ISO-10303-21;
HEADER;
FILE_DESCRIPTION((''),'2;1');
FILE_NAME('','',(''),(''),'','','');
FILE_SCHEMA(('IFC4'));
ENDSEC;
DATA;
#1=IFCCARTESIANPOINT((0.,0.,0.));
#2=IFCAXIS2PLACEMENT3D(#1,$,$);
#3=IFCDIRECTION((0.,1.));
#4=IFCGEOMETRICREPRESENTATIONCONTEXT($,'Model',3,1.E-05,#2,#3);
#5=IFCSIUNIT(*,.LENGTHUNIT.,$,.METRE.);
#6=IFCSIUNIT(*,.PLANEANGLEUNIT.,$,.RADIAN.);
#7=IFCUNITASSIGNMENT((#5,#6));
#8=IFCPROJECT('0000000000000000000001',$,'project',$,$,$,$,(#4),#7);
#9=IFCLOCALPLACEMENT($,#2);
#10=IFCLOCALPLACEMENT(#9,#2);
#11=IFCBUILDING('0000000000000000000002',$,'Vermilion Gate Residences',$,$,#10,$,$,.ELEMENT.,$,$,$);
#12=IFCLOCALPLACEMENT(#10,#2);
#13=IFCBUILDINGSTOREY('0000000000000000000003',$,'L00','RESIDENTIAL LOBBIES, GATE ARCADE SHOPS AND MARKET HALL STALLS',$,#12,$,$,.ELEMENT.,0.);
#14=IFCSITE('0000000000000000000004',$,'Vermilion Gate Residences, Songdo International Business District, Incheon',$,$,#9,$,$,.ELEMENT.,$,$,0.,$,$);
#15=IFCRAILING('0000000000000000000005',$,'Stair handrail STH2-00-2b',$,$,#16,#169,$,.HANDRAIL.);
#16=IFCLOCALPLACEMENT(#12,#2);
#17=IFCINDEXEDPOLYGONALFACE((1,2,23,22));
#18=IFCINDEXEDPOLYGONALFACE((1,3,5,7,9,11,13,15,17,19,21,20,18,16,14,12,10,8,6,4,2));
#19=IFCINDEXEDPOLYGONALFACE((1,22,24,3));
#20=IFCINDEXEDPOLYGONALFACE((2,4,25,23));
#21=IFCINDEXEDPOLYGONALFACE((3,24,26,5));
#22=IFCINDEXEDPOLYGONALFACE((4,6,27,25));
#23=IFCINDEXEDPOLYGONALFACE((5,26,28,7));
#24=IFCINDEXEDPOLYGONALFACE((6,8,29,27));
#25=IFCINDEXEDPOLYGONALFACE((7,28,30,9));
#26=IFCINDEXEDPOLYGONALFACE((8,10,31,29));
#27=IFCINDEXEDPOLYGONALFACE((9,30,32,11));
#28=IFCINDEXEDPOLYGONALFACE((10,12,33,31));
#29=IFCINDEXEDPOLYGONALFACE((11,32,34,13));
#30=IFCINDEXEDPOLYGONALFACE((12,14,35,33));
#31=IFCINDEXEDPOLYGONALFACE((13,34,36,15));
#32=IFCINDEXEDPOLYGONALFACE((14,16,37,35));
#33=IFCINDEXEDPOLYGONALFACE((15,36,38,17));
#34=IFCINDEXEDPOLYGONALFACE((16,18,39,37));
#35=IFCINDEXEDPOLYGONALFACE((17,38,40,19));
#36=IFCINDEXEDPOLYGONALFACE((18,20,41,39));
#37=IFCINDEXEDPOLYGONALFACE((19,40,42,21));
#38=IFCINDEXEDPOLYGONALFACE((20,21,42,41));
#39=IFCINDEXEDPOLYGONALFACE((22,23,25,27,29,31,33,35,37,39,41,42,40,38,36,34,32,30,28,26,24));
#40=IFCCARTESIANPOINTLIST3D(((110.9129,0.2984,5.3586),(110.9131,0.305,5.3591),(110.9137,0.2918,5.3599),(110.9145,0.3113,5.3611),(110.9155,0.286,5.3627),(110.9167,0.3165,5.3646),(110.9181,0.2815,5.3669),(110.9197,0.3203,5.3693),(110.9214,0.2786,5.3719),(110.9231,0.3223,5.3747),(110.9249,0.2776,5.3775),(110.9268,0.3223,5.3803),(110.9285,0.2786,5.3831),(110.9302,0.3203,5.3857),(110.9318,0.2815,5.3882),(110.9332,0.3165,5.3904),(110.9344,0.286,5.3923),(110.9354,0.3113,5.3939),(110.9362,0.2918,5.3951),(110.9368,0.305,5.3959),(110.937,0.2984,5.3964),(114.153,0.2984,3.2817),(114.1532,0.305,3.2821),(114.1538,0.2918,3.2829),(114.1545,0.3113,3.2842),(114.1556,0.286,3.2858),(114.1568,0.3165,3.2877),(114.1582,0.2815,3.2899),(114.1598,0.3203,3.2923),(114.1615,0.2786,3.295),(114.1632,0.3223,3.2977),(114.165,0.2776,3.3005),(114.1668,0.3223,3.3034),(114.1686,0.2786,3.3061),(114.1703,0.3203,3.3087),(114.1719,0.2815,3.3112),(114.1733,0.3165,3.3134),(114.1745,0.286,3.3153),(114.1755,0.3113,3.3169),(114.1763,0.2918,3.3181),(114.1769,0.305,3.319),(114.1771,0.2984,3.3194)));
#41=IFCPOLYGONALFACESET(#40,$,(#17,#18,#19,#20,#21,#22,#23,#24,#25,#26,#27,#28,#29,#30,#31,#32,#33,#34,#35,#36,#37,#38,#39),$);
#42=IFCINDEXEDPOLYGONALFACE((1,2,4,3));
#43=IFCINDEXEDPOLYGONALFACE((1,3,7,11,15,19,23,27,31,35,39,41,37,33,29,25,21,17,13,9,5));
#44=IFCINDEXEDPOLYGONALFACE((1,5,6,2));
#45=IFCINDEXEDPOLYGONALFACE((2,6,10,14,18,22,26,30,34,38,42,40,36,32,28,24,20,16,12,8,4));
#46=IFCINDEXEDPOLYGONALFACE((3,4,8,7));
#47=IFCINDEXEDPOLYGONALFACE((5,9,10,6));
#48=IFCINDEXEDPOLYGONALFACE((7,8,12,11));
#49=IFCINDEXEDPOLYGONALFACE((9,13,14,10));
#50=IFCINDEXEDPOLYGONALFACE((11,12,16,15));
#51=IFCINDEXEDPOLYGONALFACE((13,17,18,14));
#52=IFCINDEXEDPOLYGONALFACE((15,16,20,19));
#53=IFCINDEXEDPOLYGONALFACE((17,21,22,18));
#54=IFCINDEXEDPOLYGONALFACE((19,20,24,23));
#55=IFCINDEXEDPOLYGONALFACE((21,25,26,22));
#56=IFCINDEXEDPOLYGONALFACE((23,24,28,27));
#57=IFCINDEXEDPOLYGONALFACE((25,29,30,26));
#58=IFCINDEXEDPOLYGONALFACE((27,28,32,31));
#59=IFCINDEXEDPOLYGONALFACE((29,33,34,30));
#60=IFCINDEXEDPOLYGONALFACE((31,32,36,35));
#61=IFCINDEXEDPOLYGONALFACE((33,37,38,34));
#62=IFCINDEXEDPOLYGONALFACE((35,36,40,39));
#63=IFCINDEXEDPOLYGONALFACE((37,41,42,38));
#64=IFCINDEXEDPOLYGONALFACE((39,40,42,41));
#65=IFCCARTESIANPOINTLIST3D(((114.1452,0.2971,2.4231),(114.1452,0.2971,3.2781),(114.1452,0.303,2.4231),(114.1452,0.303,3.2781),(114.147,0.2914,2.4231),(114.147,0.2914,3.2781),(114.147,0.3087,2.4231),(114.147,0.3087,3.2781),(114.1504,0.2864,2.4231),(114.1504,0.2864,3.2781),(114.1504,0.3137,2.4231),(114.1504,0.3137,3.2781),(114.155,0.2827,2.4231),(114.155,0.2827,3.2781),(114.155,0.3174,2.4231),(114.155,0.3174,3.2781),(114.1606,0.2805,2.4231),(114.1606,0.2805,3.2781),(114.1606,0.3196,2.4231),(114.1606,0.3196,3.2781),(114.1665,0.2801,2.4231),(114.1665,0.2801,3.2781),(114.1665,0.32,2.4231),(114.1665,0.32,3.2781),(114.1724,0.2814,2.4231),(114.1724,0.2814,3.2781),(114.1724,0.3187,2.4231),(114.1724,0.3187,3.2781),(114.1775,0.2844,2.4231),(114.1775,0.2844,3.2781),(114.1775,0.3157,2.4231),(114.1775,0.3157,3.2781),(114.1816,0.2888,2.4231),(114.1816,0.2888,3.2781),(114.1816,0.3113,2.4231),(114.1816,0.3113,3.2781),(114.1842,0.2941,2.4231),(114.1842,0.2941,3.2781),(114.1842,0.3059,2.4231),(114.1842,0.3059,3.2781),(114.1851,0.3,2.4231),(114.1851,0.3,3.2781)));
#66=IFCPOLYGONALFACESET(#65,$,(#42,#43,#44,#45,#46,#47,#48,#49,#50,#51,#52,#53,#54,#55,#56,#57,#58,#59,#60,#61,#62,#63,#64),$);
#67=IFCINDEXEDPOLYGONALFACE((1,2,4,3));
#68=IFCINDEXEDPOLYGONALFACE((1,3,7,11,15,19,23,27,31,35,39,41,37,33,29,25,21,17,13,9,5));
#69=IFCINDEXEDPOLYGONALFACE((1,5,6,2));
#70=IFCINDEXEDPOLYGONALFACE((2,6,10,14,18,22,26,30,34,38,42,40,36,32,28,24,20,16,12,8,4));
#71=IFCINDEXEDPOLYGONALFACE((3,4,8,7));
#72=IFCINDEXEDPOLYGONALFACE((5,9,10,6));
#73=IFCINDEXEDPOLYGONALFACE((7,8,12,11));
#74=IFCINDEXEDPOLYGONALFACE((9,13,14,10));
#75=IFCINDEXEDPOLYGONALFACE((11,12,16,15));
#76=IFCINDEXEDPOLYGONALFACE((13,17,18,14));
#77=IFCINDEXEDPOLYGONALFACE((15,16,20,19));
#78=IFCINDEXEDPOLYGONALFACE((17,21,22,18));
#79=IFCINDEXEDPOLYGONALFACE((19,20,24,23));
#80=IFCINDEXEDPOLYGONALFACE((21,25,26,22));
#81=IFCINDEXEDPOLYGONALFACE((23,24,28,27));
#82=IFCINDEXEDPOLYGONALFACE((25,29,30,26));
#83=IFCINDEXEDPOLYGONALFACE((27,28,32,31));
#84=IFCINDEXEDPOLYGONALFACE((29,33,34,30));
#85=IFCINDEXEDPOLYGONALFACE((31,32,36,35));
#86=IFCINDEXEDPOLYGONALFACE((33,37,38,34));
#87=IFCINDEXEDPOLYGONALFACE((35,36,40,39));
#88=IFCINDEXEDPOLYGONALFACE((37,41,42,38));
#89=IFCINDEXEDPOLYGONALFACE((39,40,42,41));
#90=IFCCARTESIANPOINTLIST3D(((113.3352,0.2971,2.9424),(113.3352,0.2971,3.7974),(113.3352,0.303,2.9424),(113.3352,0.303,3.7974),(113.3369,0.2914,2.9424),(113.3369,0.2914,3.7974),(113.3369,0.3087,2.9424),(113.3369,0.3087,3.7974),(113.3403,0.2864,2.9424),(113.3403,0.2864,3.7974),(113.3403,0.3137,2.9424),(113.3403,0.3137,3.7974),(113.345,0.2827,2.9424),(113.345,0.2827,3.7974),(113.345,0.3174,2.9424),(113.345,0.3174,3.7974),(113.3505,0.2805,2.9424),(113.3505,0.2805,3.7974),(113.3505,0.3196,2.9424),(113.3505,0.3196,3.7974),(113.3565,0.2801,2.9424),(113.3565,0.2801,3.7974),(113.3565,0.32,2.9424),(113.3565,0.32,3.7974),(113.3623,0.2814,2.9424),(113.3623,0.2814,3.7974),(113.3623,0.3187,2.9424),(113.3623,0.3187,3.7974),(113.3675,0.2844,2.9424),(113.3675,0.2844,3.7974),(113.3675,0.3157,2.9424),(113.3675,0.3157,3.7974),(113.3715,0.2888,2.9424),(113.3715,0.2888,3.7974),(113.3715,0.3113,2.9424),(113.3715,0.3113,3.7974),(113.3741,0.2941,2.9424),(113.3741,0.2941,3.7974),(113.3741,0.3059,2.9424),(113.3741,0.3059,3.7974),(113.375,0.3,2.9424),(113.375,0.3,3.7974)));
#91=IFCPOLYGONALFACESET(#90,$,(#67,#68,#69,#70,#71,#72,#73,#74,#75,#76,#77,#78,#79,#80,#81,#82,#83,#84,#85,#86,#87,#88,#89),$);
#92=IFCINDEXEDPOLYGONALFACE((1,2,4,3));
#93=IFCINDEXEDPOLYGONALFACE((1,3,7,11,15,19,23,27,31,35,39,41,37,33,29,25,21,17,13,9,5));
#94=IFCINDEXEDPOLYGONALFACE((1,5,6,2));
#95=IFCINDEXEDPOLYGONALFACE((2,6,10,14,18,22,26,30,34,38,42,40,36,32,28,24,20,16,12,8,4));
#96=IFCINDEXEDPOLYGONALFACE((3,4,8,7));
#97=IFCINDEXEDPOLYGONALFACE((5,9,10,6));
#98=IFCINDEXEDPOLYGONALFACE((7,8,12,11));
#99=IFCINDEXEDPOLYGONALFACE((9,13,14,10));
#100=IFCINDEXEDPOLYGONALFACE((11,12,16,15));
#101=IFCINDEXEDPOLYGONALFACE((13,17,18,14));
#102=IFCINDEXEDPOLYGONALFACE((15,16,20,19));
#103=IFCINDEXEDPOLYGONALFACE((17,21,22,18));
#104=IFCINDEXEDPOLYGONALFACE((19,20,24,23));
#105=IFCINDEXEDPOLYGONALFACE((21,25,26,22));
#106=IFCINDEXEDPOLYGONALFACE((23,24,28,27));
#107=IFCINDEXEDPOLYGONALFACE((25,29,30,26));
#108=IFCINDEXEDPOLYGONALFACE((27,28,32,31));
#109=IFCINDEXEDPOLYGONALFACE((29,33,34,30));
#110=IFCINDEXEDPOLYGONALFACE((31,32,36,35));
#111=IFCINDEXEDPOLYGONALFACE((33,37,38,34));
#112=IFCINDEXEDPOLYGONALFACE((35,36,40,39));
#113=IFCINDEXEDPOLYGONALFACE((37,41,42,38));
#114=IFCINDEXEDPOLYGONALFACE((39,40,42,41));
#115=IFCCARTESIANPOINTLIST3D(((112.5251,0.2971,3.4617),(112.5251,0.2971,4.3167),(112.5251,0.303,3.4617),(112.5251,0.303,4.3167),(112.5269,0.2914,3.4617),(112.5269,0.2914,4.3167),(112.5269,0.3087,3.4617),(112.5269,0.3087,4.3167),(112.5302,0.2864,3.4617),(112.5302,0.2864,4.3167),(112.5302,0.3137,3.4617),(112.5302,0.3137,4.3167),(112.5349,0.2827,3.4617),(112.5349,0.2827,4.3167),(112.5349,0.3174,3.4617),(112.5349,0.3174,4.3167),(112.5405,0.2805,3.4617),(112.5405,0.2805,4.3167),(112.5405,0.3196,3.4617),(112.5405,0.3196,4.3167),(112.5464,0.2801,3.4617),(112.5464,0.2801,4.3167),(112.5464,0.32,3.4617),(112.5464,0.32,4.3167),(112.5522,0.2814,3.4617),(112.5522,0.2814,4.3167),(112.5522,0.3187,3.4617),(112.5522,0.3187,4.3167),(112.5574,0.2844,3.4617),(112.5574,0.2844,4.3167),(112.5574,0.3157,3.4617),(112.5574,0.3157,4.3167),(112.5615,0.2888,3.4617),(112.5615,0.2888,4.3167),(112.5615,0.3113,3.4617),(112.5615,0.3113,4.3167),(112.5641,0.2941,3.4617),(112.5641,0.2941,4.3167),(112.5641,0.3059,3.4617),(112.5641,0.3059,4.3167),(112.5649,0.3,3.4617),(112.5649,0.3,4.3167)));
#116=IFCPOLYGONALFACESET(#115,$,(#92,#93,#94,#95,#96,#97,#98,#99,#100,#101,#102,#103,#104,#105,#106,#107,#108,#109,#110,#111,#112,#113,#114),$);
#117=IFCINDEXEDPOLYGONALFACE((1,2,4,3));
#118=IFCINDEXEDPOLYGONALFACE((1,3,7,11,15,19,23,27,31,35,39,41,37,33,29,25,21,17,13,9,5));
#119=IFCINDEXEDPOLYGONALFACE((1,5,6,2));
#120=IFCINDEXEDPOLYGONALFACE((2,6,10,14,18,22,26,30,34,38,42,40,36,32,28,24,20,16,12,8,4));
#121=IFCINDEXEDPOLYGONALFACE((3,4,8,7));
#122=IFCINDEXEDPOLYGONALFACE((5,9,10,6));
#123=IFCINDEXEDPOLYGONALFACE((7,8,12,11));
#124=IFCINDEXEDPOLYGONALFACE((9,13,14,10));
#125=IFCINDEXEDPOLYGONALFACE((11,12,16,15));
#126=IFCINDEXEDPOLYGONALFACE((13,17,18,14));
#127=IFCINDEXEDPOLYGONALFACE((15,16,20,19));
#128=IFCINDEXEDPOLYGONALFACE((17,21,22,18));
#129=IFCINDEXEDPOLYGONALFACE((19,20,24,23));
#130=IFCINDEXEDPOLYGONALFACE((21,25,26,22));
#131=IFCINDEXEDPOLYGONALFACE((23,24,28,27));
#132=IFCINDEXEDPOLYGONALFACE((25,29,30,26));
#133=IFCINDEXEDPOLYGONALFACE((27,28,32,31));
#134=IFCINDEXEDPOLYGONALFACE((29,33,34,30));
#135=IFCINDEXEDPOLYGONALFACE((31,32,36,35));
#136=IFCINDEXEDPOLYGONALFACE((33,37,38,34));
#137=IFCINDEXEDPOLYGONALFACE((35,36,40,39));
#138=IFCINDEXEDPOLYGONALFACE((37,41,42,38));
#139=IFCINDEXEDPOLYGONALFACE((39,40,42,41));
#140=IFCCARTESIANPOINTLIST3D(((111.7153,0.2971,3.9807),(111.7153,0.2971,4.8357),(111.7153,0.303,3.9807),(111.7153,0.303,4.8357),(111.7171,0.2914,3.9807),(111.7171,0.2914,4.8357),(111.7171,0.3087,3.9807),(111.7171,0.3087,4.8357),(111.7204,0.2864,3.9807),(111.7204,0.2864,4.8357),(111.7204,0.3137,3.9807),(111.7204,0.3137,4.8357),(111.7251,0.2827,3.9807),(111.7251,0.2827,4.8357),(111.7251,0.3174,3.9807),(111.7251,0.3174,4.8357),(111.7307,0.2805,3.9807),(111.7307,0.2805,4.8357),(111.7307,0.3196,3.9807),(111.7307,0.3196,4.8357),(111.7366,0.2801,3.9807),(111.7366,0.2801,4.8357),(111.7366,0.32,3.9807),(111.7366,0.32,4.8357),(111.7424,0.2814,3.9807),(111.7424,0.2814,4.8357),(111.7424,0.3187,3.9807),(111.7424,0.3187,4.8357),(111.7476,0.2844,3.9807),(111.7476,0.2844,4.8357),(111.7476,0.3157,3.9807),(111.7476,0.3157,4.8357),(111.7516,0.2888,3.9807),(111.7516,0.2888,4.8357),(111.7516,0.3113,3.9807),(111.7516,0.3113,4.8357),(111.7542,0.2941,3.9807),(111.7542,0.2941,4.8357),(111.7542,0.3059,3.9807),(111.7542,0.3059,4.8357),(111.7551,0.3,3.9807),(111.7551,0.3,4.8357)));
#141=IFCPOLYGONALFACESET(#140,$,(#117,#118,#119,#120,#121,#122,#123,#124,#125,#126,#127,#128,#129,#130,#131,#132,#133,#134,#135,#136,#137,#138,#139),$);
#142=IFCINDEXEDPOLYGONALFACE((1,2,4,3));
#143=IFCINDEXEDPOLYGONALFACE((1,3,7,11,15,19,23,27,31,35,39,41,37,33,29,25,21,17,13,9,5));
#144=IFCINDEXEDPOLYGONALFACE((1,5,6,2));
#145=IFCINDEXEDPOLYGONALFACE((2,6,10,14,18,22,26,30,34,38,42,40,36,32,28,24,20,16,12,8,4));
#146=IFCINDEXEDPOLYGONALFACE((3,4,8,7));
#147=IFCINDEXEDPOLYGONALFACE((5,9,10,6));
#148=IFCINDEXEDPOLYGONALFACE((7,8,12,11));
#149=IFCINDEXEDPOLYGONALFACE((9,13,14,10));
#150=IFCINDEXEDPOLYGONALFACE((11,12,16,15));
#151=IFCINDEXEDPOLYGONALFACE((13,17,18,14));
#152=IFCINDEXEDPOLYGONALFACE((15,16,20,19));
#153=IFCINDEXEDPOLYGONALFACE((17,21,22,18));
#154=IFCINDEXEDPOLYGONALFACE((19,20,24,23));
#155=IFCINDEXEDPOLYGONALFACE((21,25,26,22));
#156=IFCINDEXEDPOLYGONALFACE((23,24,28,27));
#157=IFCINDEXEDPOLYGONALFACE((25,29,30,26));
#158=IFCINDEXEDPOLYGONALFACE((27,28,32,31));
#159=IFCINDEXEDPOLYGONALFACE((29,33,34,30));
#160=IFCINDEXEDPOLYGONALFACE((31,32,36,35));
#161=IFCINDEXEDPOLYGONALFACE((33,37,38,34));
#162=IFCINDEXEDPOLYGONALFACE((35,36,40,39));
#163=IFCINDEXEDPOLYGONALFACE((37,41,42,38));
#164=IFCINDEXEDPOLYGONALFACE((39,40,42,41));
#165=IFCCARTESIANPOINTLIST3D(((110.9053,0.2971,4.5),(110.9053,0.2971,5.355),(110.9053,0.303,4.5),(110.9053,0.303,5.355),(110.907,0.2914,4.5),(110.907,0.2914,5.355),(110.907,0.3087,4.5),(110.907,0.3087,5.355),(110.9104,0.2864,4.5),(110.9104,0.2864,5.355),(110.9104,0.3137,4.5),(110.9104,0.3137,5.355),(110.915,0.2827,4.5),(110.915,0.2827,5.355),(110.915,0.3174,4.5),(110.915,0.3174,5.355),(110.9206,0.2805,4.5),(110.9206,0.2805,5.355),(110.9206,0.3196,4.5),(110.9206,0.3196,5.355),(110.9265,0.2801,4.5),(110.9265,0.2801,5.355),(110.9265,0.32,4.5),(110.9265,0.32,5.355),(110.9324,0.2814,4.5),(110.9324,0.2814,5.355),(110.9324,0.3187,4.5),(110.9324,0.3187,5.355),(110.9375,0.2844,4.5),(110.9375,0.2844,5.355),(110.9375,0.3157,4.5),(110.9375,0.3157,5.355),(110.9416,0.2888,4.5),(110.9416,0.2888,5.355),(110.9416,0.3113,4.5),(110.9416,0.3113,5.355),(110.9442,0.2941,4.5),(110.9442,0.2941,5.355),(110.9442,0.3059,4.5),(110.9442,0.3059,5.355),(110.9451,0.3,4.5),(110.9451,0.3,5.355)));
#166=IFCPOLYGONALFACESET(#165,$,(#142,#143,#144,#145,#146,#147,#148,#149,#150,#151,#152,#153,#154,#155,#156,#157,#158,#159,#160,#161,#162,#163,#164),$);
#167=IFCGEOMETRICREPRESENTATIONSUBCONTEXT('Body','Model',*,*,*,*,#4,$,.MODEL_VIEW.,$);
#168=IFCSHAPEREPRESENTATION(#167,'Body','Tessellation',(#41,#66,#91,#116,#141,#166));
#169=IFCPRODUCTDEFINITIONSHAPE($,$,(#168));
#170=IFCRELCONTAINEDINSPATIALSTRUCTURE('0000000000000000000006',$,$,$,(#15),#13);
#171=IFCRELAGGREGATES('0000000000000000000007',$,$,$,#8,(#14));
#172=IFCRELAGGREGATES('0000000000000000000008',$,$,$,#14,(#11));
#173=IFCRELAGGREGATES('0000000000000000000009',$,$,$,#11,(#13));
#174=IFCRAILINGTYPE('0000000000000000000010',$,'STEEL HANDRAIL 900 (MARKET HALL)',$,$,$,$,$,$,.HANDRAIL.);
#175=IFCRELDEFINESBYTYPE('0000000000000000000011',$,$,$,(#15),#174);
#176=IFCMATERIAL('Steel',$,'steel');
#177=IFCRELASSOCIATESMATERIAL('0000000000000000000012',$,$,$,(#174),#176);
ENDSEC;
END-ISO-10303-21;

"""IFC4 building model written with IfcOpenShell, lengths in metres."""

from ifc_helpers import new_model, si_unit, direction, frame, origin, origin_2d, place, context, subcontext, project, spatial, circle, extrude, material, type_object, element, save


model = new_model("IFC4")

# Units and contexts
model_context = context("Model", 3, precision=1e-05, world=origin(), true_north=direction((0.0, 1.0)))
body_context = subcontext(model_context, "Body", "Model", "MODEL_VIEW")
ifc_project = project(units=[si_unit("LENGTHUNIT", "METRE"), si_unit("PLANEANGLEUNIT", "RADIAN")], contexts=[model_context])

# Site, building, storey
site_placement = place(None, origin())
site = spatial("IfcSite", under=ifc_project, at=site_placement, Name="Vermilion Gate Residences, Songdo International Business District, Incheon", CompositionType="ELEMENT", RefElevation=0.0)
building_placement = place(site_placement, origin())
building = spatial("IfcBuilding", under=site, at=building_placement, Name="Vermilion Gate Residences", CompositionType="ELEMENT")
storey_placement = place(building_placement, origin())
storey = spatial("IfcBuildingStorey", under=building, at=storey_placement, Name="L00", Description="RESIDENTIAL LOBBIES, GATE ARCADE SHOPS AND MARKET HALL STALLS", CompositionType="ELEMENT", Elevation=0.0)

# Railing
ifc_material_1 = material(Name="Steel", Category="steel")
railing_type = type_object("IfcRailingType", Name="STEEL HANDRAIL 900 (MARKET HALL)", PredefinedType="HANDRAIL", material=ifc_material_1)
for number, where, name in (
    (1, (114.165, 0.3, 2.4231), "Stair handrail STH2-00-2b"),
):
    element("IfcRailing", number, at=place(storey_placement, frame(where)), inside=storey, type_object=railing_type, Name=name, PredefinedType="HANDRAIL", context=body_context, shape_type="SweptSolid", body=[
        extrude(circle(Radius=0.0225, at=origin_2d()), frame((0.0, 0.0, 0.8774), z_axis=(-0.841881, 0.0, 0.539664), x_axis=(0.0, -1.0, 0.0)), (0.0, 0.0, 1.0), 3.8486),
        extrude(circle(Radius=0.02, at=origin_2d()), origin(), (0.0, 0.0, 1.0), 0.855),
        extrude(circle(Radius=0.02, at=origin_2d()), frame((-0.8101, 0.0, 0.5193)), (0.0, 0.0, 1.0), 0.855),
        extrude(circle(Radius=0.02, at=origin_2d()), frame((-1.6201, 0.0, 1.0386)), (0.0, 0.0, 1.0), 0.855),
        extrude(circle(Radius=0.02, at=origin_2d()), frame((-2.4299, 0.0, 1.5576)), (0.0, 0.0, 1.0), 0.855),
        extrude(circle(Radius=0.02, at=origin_2d()), frame((-3.24, 0.0, 2.0769)), (0.0, 0.0, 1.0), 0.855),
    ])

save(model, "model.ifc")
